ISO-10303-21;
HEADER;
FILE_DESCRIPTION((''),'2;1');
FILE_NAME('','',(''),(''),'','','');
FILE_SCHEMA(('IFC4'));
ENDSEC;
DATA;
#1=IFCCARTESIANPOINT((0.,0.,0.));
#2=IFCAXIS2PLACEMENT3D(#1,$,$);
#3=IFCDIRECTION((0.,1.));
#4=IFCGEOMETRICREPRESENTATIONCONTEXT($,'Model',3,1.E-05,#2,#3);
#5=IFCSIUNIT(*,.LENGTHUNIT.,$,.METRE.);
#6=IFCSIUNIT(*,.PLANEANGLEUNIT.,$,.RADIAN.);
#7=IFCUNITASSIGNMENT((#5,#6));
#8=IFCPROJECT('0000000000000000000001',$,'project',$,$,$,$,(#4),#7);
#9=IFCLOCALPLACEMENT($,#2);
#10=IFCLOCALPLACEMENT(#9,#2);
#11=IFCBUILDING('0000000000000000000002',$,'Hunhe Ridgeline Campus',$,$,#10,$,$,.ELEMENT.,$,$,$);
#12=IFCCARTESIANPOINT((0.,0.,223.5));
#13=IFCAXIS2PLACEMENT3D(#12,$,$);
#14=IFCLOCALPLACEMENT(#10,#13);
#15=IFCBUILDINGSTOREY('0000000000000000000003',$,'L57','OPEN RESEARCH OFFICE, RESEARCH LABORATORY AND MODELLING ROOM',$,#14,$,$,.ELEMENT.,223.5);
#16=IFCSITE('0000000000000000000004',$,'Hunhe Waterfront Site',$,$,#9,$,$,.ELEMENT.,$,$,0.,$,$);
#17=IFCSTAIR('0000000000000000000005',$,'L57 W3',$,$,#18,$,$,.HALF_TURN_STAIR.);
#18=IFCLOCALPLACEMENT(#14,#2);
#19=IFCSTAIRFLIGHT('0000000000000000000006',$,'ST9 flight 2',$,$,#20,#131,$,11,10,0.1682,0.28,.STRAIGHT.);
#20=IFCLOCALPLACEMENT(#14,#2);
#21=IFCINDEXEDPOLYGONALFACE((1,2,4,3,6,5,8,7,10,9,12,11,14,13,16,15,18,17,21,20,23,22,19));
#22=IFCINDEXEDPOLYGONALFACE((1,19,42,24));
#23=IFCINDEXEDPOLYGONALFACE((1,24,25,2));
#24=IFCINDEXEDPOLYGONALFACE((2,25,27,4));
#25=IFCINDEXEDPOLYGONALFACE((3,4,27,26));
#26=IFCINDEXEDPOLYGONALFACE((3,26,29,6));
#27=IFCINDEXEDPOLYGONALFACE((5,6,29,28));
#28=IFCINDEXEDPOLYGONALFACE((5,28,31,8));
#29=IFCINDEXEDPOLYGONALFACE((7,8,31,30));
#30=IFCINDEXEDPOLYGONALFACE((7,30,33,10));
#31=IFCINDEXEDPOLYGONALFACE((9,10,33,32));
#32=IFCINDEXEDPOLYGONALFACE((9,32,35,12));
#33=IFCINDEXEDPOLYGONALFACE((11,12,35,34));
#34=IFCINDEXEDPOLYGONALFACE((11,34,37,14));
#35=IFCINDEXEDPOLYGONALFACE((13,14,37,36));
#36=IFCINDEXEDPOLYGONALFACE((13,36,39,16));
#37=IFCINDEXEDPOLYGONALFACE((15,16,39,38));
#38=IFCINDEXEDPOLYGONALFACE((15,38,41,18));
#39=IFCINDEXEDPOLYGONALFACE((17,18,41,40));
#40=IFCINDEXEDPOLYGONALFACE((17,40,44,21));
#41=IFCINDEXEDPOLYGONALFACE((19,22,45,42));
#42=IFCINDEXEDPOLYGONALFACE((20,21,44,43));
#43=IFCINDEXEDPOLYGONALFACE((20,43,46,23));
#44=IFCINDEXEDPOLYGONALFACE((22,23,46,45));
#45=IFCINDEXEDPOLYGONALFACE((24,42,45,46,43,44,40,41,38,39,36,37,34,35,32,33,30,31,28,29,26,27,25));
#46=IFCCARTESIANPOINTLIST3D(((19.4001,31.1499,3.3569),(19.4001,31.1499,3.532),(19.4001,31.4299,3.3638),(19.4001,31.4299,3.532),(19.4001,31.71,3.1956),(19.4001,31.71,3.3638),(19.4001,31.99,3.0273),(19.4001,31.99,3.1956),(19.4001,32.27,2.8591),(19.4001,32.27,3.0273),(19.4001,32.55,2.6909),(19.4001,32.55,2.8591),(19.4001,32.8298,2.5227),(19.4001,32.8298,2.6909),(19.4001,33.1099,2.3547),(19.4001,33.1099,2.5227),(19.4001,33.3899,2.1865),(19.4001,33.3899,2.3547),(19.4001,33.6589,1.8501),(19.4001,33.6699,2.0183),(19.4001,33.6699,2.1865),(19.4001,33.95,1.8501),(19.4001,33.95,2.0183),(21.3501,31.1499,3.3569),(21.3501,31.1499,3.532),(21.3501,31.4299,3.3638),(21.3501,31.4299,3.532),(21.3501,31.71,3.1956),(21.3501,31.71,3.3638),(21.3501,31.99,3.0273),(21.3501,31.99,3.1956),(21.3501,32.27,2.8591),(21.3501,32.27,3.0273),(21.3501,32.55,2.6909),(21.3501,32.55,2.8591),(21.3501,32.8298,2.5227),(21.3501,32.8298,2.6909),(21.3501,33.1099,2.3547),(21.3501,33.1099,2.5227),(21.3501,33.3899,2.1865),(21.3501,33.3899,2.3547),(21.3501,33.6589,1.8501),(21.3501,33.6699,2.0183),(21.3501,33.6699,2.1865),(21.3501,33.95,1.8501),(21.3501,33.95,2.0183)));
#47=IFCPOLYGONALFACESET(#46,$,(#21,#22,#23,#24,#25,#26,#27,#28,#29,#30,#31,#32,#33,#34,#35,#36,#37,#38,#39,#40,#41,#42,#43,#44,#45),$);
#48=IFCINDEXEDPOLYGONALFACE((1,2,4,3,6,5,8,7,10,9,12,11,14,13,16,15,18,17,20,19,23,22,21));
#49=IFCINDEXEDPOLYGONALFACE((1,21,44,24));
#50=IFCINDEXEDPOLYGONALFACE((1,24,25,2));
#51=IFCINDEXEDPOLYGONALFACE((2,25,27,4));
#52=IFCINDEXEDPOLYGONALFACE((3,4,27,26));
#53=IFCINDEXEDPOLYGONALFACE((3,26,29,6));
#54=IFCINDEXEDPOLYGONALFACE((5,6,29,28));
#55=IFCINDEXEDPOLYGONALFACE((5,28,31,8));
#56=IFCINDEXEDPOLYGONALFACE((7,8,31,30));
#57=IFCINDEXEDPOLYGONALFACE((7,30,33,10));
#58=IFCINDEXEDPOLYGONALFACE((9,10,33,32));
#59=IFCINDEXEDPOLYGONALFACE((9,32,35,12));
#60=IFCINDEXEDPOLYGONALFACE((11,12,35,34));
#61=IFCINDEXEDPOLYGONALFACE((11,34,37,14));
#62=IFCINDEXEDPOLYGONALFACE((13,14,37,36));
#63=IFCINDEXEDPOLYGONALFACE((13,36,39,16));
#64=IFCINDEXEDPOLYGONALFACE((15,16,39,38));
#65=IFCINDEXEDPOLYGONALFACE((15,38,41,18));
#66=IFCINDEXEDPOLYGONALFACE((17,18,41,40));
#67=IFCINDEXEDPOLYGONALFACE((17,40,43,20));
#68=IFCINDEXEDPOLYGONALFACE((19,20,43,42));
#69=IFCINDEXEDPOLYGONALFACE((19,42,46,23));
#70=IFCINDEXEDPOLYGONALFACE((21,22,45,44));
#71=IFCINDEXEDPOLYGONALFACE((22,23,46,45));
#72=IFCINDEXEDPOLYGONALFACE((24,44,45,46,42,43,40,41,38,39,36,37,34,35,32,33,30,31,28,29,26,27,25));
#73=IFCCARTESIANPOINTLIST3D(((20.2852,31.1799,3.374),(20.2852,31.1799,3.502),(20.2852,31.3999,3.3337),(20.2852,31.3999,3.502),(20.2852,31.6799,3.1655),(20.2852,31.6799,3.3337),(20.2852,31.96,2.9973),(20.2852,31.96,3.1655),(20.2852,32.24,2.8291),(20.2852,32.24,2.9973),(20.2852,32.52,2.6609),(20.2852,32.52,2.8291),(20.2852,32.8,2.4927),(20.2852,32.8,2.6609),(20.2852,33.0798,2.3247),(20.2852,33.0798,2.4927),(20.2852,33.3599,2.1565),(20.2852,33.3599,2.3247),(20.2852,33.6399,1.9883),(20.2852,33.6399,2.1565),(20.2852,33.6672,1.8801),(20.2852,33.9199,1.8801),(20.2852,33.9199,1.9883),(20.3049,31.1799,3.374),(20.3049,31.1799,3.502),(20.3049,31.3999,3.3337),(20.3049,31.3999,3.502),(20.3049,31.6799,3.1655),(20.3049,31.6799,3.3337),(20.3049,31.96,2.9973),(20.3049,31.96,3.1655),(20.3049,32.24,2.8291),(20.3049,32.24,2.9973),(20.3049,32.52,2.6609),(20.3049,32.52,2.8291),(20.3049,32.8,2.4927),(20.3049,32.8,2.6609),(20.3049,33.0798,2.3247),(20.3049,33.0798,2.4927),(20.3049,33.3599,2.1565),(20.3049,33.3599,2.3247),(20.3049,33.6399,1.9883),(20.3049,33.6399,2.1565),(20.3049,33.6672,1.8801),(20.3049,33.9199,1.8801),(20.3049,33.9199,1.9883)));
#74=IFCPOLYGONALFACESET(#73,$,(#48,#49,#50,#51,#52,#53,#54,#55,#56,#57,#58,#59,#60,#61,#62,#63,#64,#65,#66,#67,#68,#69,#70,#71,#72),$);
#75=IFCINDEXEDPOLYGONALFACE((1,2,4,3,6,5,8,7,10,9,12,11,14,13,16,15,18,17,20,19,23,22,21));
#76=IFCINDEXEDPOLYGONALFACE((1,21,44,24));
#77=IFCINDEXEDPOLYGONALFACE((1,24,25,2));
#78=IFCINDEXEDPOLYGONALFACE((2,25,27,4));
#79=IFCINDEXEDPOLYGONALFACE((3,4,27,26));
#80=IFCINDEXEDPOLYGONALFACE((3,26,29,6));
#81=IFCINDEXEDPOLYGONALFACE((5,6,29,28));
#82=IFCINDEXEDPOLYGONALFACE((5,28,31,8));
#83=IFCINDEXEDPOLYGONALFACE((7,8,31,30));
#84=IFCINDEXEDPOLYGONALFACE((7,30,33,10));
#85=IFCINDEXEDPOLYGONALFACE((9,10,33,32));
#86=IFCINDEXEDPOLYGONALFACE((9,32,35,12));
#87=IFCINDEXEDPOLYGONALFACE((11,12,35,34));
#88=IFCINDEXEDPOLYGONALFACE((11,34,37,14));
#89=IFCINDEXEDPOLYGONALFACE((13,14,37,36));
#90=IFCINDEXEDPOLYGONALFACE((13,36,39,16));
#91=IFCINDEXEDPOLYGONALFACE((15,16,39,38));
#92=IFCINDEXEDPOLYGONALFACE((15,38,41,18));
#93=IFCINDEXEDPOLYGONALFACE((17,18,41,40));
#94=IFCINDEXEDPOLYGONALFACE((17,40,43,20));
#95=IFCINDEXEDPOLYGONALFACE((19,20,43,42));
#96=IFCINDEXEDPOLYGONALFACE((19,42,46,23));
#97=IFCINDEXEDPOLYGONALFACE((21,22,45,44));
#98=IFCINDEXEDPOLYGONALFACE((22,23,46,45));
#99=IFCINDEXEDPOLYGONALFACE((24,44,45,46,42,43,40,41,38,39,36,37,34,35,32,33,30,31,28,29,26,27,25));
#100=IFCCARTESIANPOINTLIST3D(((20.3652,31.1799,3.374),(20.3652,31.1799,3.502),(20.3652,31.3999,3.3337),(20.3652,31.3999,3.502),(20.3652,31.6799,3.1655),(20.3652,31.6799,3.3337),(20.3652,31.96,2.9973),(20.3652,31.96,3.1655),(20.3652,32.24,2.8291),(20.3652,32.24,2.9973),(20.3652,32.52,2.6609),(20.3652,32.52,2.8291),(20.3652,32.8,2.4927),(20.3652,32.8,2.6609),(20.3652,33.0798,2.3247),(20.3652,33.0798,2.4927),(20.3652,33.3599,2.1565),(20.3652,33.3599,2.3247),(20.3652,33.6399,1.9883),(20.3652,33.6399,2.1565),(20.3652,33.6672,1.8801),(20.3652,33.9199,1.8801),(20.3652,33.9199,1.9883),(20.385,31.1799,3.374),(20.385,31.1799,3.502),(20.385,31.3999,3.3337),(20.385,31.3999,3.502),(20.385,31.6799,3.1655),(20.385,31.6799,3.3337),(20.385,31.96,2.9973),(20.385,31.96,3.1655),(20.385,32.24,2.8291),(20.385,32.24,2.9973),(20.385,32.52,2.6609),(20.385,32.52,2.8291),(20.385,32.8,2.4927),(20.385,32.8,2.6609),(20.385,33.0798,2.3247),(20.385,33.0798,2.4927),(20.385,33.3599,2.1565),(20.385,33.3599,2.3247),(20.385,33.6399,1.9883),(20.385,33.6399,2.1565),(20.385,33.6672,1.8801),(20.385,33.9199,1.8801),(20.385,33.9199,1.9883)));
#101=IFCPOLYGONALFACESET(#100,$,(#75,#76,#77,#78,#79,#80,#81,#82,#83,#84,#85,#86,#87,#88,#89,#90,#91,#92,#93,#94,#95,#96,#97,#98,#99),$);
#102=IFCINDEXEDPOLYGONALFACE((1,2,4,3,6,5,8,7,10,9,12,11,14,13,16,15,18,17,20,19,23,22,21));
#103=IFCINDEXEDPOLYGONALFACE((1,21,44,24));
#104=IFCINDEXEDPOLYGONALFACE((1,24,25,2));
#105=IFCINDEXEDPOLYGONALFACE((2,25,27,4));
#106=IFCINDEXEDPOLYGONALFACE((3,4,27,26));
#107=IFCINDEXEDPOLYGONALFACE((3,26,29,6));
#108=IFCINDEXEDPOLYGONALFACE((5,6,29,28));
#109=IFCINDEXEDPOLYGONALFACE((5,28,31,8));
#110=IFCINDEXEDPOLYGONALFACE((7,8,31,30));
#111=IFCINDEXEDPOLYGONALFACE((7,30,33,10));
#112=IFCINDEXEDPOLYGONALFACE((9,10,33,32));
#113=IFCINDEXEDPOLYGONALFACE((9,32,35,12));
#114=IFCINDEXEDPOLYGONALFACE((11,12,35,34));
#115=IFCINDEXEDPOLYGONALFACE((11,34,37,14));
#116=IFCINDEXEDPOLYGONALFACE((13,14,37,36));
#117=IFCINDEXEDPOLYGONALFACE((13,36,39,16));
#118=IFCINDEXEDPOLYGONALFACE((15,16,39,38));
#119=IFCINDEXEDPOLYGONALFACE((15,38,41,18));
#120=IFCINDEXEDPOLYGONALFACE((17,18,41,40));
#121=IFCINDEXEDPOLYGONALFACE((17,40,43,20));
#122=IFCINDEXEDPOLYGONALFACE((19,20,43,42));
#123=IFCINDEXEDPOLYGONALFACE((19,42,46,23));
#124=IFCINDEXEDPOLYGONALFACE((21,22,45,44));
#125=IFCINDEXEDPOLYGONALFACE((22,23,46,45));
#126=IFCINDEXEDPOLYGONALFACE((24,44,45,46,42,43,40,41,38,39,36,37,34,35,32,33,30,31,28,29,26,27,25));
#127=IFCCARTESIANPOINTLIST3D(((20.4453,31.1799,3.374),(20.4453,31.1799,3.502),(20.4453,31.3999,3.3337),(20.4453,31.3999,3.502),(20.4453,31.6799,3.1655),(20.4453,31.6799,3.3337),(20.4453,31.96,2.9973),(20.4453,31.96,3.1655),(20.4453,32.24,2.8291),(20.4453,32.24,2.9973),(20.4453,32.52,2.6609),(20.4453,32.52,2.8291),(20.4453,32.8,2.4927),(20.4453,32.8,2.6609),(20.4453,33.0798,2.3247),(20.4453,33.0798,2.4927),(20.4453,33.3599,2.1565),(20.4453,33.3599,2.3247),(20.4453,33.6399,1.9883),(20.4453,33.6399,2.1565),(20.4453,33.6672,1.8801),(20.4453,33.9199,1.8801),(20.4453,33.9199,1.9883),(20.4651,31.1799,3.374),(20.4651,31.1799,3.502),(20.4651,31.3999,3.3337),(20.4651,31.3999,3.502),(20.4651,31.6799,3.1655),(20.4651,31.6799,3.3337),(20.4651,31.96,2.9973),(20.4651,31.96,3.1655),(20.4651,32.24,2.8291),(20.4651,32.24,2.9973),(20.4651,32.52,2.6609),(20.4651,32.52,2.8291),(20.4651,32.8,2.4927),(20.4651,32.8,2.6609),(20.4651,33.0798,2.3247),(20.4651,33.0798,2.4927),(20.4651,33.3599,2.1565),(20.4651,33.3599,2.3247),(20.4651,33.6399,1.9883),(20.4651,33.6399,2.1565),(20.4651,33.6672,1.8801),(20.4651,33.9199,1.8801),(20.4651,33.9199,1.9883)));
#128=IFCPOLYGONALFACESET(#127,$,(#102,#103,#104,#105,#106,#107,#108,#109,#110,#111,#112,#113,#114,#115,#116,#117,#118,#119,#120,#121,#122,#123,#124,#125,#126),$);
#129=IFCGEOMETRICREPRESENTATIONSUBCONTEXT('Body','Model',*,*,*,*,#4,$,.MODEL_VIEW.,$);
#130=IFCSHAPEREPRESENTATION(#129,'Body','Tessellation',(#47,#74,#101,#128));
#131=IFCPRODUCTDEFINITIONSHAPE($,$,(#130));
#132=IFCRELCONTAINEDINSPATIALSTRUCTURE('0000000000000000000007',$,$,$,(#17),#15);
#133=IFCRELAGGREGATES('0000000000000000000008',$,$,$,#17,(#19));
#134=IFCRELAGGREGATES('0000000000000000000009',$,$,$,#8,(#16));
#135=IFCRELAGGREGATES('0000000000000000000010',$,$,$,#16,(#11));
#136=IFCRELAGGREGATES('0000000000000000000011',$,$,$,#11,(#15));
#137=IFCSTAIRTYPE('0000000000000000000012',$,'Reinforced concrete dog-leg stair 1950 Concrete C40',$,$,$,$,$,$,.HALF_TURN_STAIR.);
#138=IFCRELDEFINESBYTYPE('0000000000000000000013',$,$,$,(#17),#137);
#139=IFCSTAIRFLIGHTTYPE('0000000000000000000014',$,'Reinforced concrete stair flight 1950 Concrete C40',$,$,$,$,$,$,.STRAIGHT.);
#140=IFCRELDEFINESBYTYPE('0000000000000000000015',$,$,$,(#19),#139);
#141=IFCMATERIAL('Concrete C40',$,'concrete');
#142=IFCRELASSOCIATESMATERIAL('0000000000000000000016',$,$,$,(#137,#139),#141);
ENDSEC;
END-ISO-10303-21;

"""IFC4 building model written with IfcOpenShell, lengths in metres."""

from ifc_helpers import new_model, si_unit, direction, frame, origin, place, context, subcontext, project, spatial, polyline, outline, extrude, material, type_object, element, aggregate, save


model = new_model("IFC4")

# Units and contexts
model_context = context("Model", 3, precision=1e-05, world=origin(), true_north=direction((0.0, 1.0)))
body_context = subcontext(model_context, "Body", "Model", "MODEL_VIEW")
ifc_project = project(units=[si_unit("LENGTHUNIT", "METRE"), si_unit("PLANEANGLEUNIT", "RADIAN")], contexts=[model_context])

# Site, building, storey
site_placement = place(None, origin())
site = spatial("IfcSite", under=ifc_project, at=site_placement, Name="Hunhe Waterfront Site", CompositionType="ELEMENT", RefElevation=0.0)
building_placement = place(site_placement, origin())
building = spatial("IfcBuilding", under=site, at=building_placement, Name="Hunhe Ridgeline Campus", CompositionType="ELEMENT")
storey_placement = place(building_placement, frame((0.0, 0.0, 223.5)))
storey = spatial("IfcBuildingStorey", under=building, at=storey_placement, Name="L57", Description="OPEN RESEARCH OFFICE, RESEARCH LABORATORY AND MODELLING ROOM", CompositionType="ELEMENT", Elevation=223.5)

# Stair, stair flight
ifc_material_1 = material(Name="Concrete C40", Category="concrete")
stair_type = type_object("IfcStairType", Name="Reinforced concrete dog-leg stair 1950 Concrete C40", PredefinedType="HALF_TURN_STAIR", material=ifc_material_1)
stair_placement = place(storey_placement, origin())
stair = element("IfcStair", 1, at=stair_placement, inside=storey, type_object=stair_type, Name="L57 W3", PredefinedType="HALF_TURN_STAIR")
stair_flight_type = type_object("IfcStairFlightType", Name="Reinforced concrete stair flight 1950 Concrete C40", PredefinedType="STRAIGHT", material=ifc_material_1)
stair_flight_1_placement = place(storey_placement, frame((20.375, 33.95, 1.8501), z_axis=(0.0, 0.0, 1.0), x_axis=(0.0, -1.0, 0.0)))
stair_flight_1 = element("IfcStairFlight", 2, at=stair_flight_1_placement, type_object=stair_flight_type, Name="ST9 flight 2", NumberOfRisers=11, NumberOfTreads=10, PredefinedType="STRAIGHT", RiserHeight=0.1682, TreadLength=0.28, context=body_context, shape_type="SweptSolid", body=[
    extrude(outline(polyline([(0.0, 0.0), (0.0, 0.1682), (0.28, 0.1682), (0.28, 0.3364), (0.5601, 0.3364), (0.5601, 0.5046), (0.8401, 0.5046), (0.8401, 0.6726), (1.1201, 0.6726), (1.1201, 0.8408), (1.3999, 0.8408), (1.3999, 1.009), (1.6799, 1.009), (1.6799, 1.1772), (1.96, 1.1772), (1.96, 1.3455), (2.24, 1.3455), (2.24, 1.5137), (2.52, 1.5137), (2.52, 1.6819), (2.8, 1.6819), (2.8, 1.8501), (2.8, 1.5068), (0.291, 0.0), (0.0, 0.0)])), frame((0.0, 0.9751, 0.0), z_axis=(0.0, -1.0, 0.0), x_axis=(1.0, 0.0, 0.0)), (0.0, 0.0, 1.0), 1.95),
    extrude(outline(polyline([(0.03, 0.03), (0.03, 0.1382), (0.3101, 0.1382), (0.3101, 0.3064), (0.5901, 0.3064), (0.5901, 0.4746), (0.8701, 0.4746), (0.8701, 0.6426), (1.1499, 0.6426), (1.1499, 0.8108), (1.4299, 0.8108), (1.4299, 0.979), (1.71, 0.979), (1.71, 1.1472), (1.99, 1.1472), (1.99, 1.3154), (2.27, 1.3154), (2.27, 1.4836), (2.55, 1.4836), (2.55, 1.6519), (2.77, 1.6519), (2.77, 1.5239), (0.2827, 0.03), (0.03, 0.03)])), frame((0.0, -0.0701, 0.0), z_axis=(0.0, -1.0, 0.0), x_axis=(1.0, 0.0, 0.0)), (0.0, 0.0, 1.0), 0.0198),
    extrude(outline(polyline([(0.03, 0.03), (0.03, 0.1382), (0.3101, 0.1382), (0.3101, 0.3064), (0.5901, 0.3064), (0.5901, 0.4746), (0.8701, 0.4746), (0.8701, 0.6426), (1.1499, 0.6426), (1.1499, 0.8108), (1.4299, 0.8108), (1.4299, 0.979), (1.71, 0.979), (1.71, 1.1472), (1.99, 1.1472), (1.99, 1.3154), (2.27, 1.3154), (2.27, 1.4836), (2.55, 1.4836), (2.55, 1.6519), (2.77, 1.6519), (2.77, 1.5239), (0.2827, 0.03), (0.03, 0.03)])), frame((0.0, 0.01, 0.0), z_axis=(0.0, -1.0, 0.0), x_axis=(1.0, 0.0, 0.0)), (0.0, 0.0, 1.0), 0.0198),
    extrude(outline(polyline([(0.03, 0.03), (0.03, 0.1382), (0.3101, 0.1382), (0.3101, 0.3064), (0.5901, 0.3064), (0.5901, 0.4746), (0.8701, 0.4746), (0.8701, 0.6426), (1.1499, 0.6426), (1.1499, 0.8108), (1.4299, 0.8108), (1.4299, 0.979), (1.71, 0.979), (1.71, 1.1472), (1.99, 1.1472), (1.99, 1.3154), (2.27, 1.3154), (2.27, 1.4836), (2.55, 1.4836), (2.55, 1.6519), (2.77, 1.6519), (2.77, 1.5239), (0.2827, 0.03), (0.03, 0.03)])), frame((0.0, 0.0901, 0.0), z_axis=(0.0, -1.0, 0.0), x_axis=(1.0, 0.0, 0.0)), (0.0, 0.0, 1.0), 0.0198),
])
aggregate(stair, [stair_flight_1])

save(model, "model.ifc")
